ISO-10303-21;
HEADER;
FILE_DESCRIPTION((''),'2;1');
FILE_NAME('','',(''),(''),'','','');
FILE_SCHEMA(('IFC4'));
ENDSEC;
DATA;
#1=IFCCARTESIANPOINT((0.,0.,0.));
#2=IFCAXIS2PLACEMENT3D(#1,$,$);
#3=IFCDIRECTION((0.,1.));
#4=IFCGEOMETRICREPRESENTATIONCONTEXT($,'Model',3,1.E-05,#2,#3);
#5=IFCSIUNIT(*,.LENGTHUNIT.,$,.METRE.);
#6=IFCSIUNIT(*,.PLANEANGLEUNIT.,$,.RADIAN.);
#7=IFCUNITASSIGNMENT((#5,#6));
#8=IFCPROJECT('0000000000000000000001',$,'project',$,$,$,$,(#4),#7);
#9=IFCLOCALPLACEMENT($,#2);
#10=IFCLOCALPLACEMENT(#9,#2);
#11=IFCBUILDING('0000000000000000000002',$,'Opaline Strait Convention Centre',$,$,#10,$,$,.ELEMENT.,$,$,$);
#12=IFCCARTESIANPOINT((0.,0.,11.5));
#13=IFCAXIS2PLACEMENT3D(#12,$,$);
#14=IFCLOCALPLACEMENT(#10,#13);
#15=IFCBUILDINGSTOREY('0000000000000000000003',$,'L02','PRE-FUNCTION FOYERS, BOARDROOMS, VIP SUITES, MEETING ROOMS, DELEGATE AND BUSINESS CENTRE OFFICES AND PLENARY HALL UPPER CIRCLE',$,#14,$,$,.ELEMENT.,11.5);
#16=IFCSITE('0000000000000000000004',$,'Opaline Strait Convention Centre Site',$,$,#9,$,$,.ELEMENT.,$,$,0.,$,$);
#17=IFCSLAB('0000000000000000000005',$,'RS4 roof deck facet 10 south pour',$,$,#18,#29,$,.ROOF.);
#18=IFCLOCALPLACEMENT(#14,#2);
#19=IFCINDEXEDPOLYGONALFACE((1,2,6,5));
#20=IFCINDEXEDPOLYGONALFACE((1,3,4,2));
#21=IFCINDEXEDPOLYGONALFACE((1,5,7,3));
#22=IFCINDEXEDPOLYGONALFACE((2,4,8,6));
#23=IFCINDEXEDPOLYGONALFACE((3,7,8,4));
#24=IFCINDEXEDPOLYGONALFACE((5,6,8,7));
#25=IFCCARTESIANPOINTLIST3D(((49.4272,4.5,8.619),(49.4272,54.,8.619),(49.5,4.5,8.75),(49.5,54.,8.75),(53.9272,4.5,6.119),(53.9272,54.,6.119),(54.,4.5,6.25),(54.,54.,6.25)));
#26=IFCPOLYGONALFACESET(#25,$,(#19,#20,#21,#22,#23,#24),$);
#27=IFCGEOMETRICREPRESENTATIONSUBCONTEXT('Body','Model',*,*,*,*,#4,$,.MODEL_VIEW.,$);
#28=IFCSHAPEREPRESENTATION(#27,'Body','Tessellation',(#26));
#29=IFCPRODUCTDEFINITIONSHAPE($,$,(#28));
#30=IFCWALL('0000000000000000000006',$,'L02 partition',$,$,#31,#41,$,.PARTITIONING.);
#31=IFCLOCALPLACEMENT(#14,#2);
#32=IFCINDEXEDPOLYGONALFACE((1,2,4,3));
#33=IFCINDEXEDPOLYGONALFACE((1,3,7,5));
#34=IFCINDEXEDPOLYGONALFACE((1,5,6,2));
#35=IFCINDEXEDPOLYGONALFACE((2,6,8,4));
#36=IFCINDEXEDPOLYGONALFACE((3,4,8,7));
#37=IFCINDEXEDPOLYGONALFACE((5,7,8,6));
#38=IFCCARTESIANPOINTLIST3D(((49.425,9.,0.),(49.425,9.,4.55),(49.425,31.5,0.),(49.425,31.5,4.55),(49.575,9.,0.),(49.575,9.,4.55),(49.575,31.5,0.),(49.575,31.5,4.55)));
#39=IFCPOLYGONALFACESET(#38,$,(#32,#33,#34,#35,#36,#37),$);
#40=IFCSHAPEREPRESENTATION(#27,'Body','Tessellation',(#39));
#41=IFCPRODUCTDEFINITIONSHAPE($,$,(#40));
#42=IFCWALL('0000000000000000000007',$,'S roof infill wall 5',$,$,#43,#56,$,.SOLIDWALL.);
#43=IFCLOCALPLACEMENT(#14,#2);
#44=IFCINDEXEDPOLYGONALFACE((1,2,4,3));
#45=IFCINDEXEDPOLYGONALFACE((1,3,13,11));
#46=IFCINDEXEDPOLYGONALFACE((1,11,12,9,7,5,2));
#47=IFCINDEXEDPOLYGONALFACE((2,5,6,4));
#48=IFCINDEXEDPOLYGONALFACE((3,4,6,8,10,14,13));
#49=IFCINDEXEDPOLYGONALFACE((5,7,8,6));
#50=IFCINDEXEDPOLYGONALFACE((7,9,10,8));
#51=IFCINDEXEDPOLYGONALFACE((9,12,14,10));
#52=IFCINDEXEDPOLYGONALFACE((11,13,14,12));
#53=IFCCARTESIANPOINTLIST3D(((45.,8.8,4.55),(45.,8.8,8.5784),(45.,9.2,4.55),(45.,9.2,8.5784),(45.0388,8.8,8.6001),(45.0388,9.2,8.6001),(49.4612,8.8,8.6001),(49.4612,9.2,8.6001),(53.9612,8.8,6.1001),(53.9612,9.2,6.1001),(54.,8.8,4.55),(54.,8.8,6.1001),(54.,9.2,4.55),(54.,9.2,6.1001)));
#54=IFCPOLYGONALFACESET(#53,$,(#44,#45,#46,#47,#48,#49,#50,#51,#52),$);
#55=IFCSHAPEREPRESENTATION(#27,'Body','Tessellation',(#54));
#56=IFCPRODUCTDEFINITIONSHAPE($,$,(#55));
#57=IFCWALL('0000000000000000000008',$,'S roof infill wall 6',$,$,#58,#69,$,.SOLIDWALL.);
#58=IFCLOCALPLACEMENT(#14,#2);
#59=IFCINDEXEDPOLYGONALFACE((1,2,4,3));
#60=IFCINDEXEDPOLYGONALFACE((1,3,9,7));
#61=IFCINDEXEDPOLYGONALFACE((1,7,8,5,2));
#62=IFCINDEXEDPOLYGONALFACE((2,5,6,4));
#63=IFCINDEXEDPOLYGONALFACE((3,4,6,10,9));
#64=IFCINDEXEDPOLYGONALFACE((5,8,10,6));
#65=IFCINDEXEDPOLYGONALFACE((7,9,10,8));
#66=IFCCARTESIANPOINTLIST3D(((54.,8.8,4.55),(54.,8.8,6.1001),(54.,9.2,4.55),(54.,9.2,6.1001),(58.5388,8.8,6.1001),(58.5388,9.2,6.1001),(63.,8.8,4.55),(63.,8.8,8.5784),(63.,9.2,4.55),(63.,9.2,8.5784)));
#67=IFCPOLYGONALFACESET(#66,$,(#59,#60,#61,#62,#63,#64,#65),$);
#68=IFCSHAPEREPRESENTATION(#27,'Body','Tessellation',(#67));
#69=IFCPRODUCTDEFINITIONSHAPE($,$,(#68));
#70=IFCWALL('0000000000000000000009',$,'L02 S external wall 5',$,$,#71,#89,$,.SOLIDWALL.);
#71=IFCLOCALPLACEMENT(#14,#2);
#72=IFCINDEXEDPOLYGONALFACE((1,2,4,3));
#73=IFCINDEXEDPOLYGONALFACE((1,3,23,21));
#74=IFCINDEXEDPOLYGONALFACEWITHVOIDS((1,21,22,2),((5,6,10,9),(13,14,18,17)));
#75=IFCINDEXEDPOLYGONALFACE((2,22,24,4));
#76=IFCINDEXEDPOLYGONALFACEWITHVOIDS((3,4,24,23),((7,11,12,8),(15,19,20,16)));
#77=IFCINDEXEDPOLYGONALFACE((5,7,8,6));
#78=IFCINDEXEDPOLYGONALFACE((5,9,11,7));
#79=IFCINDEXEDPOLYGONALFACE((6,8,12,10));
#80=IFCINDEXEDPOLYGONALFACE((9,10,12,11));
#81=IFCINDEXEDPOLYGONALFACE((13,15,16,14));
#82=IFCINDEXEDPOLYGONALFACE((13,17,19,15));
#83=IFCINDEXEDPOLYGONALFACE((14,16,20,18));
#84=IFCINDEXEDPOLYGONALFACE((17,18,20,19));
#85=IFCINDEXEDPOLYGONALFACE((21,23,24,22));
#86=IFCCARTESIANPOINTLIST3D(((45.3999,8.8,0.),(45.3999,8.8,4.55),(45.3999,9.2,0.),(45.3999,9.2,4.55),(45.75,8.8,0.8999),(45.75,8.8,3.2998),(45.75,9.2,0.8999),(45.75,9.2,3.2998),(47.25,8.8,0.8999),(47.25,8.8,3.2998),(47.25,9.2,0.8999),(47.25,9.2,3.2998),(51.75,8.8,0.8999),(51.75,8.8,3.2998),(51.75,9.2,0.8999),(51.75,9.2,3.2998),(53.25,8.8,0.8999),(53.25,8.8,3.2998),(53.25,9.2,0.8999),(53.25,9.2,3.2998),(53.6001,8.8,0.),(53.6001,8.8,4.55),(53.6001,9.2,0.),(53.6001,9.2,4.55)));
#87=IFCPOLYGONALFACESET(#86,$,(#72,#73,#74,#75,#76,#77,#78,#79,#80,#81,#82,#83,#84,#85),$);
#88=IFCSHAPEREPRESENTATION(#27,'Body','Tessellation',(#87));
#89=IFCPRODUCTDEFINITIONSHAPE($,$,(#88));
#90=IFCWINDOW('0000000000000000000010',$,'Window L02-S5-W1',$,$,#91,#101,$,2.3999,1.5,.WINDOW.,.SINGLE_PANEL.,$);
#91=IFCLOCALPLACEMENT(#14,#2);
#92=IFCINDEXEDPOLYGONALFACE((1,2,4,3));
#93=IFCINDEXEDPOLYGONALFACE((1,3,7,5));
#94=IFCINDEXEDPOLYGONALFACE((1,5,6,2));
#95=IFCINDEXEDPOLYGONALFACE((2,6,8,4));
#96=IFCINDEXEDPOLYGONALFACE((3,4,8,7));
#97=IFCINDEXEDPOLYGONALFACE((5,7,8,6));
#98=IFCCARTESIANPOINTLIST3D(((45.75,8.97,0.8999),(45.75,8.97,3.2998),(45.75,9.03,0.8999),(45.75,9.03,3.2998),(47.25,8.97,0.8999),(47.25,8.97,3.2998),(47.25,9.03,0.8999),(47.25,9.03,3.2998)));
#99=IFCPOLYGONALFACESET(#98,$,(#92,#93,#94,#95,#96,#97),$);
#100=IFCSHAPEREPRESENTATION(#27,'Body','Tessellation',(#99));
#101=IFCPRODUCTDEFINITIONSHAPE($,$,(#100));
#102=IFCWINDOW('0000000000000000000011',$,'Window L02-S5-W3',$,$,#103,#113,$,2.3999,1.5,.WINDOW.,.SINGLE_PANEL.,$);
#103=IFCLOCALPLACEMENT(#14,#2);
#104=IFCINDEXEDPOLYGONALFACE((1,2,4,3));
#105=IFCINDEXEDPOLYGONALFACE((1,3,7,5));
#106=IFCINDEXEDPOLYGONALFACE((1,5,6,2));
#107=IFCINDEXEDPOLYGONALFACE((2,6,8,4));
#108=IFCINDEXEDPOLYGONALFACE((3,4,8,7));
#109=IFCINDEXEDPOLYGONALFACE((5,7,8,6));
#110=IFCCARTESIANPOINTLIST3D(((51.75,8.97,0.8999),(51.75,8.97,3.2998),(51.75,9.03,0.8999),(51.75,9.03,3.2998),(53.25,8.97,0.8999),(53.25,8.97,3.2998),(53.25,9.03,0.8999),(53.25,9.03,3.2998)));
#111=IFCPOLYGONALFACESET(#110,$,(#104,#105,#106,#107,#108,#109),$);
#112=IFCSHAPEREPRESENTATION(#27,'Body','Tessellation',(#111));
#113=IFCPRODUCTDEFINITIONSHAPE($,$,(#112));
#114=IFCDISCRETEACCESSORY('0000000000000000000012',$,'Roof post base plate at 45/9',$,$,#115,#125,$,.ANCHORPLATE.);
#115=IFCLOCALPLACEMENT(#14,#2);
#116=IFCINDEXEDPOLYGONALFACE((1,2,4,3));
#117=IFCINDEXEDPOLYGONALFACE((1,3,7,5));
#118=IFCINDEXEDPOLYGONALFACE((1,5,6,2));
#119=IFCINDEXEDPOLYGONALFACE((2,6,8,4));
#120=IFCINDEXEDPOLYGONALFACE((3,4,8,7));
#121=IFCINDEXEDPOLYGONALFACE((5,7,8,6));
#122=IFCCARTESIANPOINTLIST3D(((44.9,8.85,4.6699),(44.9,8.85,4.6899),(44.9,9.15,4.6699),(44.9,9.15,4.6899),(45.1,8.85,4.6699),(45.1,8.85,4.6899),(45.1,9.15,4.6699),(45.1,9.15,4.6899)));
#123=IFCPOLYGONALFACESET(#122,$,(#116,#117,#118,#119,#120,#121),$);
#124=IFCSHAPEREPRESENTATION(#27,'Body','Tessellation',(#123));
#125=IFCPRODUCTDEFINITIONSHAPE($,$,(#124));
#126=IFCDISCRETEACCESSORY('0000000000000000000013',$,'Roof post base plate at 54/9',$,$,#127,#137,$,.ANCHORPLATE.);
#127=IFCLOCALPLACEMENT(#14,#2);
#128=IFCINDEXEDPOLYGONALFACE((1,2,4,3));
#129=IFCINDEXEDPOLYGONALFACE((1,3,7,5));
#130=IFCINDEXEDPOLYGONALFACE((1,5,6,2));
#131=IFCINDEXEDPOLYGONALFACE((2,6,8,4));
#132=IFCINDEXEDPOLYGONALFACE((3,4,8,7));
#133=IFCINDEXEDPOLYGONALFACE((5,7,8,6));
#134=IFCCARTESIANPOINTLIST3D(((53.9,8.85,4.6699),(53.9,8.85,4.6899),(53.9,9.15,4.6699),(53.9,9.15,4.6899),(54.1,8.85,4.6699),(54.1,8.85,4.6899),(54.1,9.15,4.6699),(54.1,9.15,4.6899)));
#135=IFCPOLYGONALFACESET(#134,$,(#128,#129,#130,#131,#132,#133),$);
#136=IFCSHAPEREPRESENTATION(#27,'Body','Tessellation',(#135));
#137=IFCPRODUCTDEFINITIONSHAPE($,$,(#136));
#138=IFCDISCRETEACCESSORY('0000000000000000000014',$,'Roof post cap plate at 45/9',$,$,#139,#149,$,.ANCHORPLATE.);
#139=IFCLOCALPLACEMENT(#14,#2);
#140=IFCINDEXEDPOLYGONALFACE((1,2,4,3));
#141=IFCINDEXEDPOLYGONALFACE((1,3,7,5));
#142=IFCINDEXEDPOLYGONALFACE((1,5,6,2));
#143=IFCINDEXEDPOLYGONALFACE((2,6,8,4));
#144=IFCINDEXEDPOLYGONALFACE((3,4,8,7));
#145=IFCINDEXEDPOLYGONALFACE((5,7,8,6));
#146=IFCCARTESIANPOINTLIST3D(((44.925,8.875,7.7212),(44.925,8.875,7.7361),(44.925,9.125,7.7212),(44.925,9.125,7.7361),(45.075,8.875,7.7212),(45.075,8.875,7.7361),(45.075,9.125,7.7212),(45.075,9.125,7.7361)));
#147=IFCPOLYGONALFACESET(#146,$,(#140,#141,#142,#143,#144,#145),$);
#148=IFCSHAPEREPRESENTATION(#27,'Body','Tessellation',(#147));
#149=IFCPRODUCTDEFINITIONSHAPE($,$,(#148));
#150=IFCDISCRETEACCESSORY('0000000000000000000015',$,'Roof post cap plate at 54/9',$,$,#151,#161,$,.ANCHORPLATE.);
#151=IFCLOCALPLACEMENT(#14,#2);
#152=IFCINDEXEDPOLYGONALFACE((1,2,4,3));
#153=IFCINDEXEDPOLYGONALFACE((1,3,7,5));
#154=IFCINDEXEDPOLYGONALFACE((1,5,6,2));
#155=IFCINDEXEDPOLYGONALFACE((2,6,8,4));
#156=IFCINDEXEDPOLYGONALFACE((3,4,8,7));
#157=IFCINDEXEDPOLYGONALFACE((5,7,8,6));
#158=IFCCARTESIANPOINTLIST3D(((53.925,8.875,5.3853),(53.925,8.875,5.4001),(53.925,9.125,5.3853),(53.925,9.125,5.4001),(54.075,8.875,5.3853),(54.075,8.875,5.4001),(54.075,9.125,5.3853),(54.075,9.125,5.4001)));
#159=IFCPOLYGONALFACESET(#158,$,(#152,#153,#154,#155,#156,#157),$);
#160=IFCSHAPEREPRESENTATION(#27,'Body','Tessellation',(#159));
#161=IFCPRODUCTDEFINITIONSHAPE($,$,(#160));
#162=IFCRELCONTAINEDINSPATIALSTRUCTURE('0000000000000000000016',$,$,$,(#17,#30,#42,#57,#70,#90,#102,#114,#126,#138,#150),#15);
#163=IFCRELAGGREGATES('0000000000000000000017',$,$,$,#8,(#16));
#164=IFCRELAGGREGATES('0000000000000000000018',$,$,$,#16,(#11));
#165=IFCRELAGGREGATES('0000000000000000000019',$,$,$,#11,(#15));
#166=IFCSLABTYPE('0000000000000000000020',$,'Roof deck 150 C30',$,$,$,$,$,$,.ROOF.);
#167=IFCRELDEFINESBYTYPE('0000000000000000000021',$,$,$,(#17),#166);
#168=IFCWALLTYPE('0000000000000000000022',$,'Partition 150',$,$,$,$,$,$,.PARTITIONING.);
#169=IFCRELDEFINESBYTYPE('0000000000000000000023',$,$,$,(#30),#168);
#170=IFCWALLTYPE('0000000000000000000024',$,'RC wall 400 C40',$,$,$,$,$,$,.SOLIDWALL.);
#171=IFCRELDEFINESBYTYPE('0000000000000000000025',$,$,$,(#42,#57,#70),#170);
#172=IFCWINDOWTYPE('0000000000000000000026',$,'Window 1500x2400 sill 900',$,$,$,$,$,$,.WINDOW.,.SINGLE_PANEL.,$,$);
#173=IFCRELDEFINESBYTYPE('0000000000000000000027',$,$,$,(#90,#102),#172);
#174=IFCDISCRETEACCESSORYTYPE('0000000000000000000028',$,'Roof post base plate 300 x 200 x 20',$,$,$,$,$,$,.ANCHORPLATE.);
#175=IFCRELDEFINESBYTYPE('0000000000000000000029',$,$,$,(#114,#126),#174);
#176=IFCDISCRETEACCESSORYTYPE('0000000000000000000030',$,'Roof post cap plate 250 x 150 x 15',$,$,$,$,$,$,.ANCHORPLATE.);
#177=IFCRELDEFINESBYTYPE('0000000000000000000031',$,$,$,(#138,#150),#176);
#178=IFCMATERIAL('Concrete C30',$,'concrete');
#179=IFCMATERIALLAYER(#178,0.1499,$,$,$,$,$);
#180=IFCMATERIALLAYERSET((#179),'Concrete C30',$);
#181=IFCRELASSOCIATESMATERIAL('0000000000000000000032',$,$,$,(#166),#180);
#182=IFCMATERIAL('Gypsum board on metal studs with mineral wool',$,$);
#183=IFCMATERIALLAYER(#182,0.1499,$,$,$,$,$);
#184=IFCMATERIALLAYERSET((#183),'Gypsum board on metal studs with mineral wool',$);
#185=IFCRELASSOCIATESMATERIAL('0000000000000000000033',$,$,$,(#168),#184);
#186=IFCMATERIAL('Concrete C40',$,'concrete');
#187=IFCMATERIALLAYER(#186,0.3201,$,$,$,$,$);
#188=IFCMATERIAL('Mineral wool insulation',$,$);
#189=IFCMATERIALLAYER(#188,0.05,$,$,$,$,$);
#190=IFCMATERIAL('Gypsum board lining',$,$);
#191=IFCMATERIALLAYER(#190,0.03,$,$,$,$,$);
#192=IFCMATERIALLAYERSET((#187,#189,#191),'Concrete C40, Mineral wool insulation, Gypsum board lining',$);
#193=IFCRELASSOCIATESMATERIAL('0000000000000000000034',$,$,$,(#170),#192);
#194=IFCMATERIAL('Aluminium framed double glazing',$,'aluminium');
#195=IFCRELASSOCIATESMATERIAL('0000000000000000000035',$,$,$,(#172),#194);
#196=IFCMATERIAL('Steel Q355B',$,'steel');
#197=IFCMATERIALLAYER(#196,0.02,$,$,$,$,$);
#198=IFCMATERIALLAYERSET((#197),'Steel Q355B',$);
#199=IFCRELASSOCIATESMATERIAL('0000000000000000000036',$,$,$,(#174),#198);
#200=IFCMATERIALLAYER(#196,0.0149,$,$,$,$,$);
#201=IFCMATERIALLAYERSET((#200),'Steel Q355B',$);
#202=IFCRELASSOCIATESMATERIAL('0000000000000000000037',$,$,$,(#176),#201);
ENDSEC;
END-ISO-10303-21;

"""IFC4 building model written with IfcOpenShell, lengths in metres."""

from ifc_helpers import new_model, si_unit, direction, frame, frame_2d, origin, origin_2d, place, context, subcontext, project, spatial, polyline, rectangle, outline, extrude, material, layer, layer_set, type_object, element, fill, save


model = new_model("IFC4")

# Units and contexts
model_context = context("Model", 3, precision=1e-05, world=origin(), true_north=direction((0.0, 1.0)))
body_context = subcontext(model_context, "Body", "Model", "MODEL_VIEW")
ifc_project = project(units=[si_unit("LENGTHUNIT", "METRE"), si_unit("PLANEANGLEUNIT", "RADIAN")], contexts=[model_context])

# Site, building, storey
site_placement = place(None, origin())
site = spatial("IfcSite", under=ifc_project, at=site_placement, Name="Opaline Strait Convention Centre Site", CompositionType="ELEMENT", RefElevation=0.0)
building_placement = place(site_placement, origin())
building = spatial("IfcBuilding", under=site, at=building_placement, Name="Opaline Strait Convention Centre", CompositionType="ELEMENT")
storey_placement = place(building_placement, frame((0.0, 0.0, 11.5)))
storey = spatial("IfcBuildingStorey", under=building, at=storey_placement, Name="L02", Description="PRE-FUNCTION FOYERS, BOARDROOMS, VIP SUITES, MEETING ROOMS, DELEGATE AND BUSINESS CENTRE OFFICES AND PLENARY HALL UPPER CIRCLE", CompositionType="ELEMENT", Elevation=11.5)

# Shared definitions
ifc_material_1 = material(Name="Concrete C40", Category="concrete")

# Shared definitions
ifc_material_2 = material(Name="Steel Q355B", Category="steel")

# Slab
ifc_material_3 = material(Name="Concrete C30", Category="concrete")
ifc_layer_1 = layer(ifc_material_3, 0.1499)
ifc_layer_set_1 = layer_set([ifc_layer_1], Name="Concrete C30")
slab_type = type_object("IfcSlabType", Name="Roof deck 150 C30", PredefinedType="ROOF", material=ifc_layer_set_1)
slab_placement = place(storey_placement, frame((49.5, 4.5, 8.75), z_axis=(0.485643, 0.0, 0.874157), x_axis=(0.874157, 0.0, -0.485643)))
element("IfcSlab", 1, at=slab_placement, inside=storey, type_object=slab_type, Name="RS4 roof deck facet 10 south pour", PredefinedType="ROOF", context=body_context, shape_type="SweptSolid", body=[
    extrude(outline(polyline([(0.0, 0.0), (5.1478, 0.0), (5.1478, 49.5), (0.0, 49.5), (0.0, 0.0)])), origin(), (0.0, 0.0, -1.0), 0.1499),
])

# Walls
ifc_material_4 = material(Name="Gypsum board on metal studs with mineral wool")
ifc_layer_2 = layer(ifc_material_4, 0.1499)
ifc_layer_set_2 = layer_set([ifc_layer_2], Name="Gypsum board on metal studs with mineral wool")
wall_type_1 = type_object("IfcWallType", Name="Partition 150", PredefinedType="PARTITIONING", material=ifc_layer_set_2)
wall_1_placement = place(storey_placement, frame((49.5, 9.0, 0.0), z_axis=(0.0, 0.0, 1.0), x_axis=(0.0, 1.0, 0.0)))
element("IfcWall", 2, at=wall_1_placement, inside=storey, type_object=wall_type_1, Name="L02 partition", PredefinedType="PARTITIONING", context=body_context, shape_type="SweptSolid", body=[
    extrude(rectangle(XDim=22.5, YDim=0.1499, at=frame_2d((11.25, 0.0))), origin(), (0.0, 0.0, 1.0), 4.55),
])
ifc_layer_3 = layer(ifc_material_1, 0.3201)
ifc_material_5 = material(Name="Mineral wool insulation")
ifc_layer_4 = layer(ifc_material_5, 0.05)
ifc_material_6 = material(Name="Gypsum board lining")
ifc_layer_5 = layer(ifc_material_6, 0.03)
ifc_layer_set_3 = layer_set([ifc_layer_3, ifc_layer_4, ifc_layer_5], Name="Concrete C40, Mineral wool insulation, Gypsum board lining")
wall_type_2 = type_object("IfcWallType", Name="RC wall 400 C40", PredefinedType="SOLIDWALL", material=ifc_layer_set_3)
wall_2_placement = place(storey_placement, frame((45.0, 9.0, 4.55), z_axis=(0.0, 0.0, 1.0), x_axis=(1.0, 0.0, 0.0)))
element("IfcWall", 3, at=wall_2_placement, inside=storey, type_object=wall_type_2, Name="S roof infill wall 5", PredefinedType="SOLIDWALL", context=body_context, shape_type="SweptSolid", body=[
    extrude(outline(polyline([(0.0, 0.0), (9.0, 0.0), (9.0, 1.55), (8.9612, 1.55), (4.4612, 4.05), (0.0388, 4.05), (0.0, 4.0283), (0.0, 0.0)])), frame((0.0, 0.2, 0.0), z_axis=(0.0, -1.0, 0.0), x_axis=(1.0, 0.0, 0.0)), (0.0, 0.0, 1.0), 0.3999),
])
wall_3_placement = place(storey_placement, frame((54.0, 9.0, 4.55), z_axis=(0.0, 0.0, 1.0), x_axis=(1.0, 0.0, 0.0)))
element("IfcWall", 4, at=wall_3_placement, inside=storey, type_object=wall_type_2, Name="S roof infill wall 6", PredefinedType="SOLIDWALL", context=body_context, shape_type="SweptSolid", body=[
    extrude(outline(polyline([(0.0, 0.0), (9.0, 0.0), (9.0, 4.0283), (4.5388, 1.55), (0.0, 1.55), (0.0, 0.0)])), frame((0.0, 0.2, 0.0), z_axis=(0.0, -1.0, 0.0), x_axis=(1.0, 0.0, 0.0)), (0.0, 0.0, 1.0), 0.3999),
])

# Wall, openings, windows
wall_4_placement = place(storey_placement, frame((45.3999, 9.0, 0.0), z_axis=(0.0, 0.0, 1.0), x_axis=(1.0, 0.0, 0.0)))
wall_4 = element("IfcWall", 5, at=wall_4_placement, inside=storey, type_object=wall_type_2, Name="L02 S external wall 5", PredefinedType="SOLIDWALL", context=body_context, shape_type="SweptSolid", body=[
    extrude(rectangle(XDim=8.2002, YDim=0.3999, at=frame_2d((4.1001, 0.0))), origin(), (0.0, 0.0, 1.0), 4.55),
])
opening_1_placement = place(wall_4_placement, frame((0.3501, 0.0, 0.8999)))
opening_1 = element("IfcOpeningElement", 6, at=opening_1_placement, cuts=wall_4, PredefinedType="OPENING", context=body_context, shape_type="SweptSolid", body=[
    extrude(rectangle(XDim=1.5, YDim=2.3999, at=frame_2d((0.75, 1.2))), frame((0.0, 0.21, 0.0), z_axis=(0.0, -1.0, 0.0), x_axis=(1.0, 0.0, 0.0)), (0.0, 0.0, 1.0), 0.4199),
])
opening_2_placement = place(wall_4_placement, frame((6.3501, 0.0, 0.8999)))
opening_2 = element("IfcOpeningElement", 7, at=opening_2_placement, cuts=wall_4, PredefinedType="OPENING", context=body_context, shape_type="SweptSolid", body=[
    extrude(rectangle(XDim=1.5, YDim=2.3999, at=frame_2d((0.75, 1.2))), frame((0.0, 0.21, 0.0), z_axis=(0.0, -1.0, 0.0), x_axis=(1.0, 0.0, 0.0)), (0.0, 0.0, 1.0), 0.4199),
])
ifc_material_7 = material(Name="Aluminium framed double glazing", Category="aluminium")
window_type = type_object("IfcWindowType", Name="Window 1500x2400 sill 900", PartitioningType="SINGLE_PANEL", PredefinedType="WINDOW", material=ifc_material_7)
window_1_placement = place(opening_1_placement, origin())
window_1 = element("IfcWindow", 8, at=window_1_placement, inside=storey, type_object=window_type, Name="Window L02-S5-W1", OverallHeight=2.3999, OverallWidth=1.5, PartitioningType="SINGLE_PANEL", PredefinedType="WINDOW", context=body_context, shape_type="SweptSolid", body=[
    extrude(rectangle(XDim=1.5, YDim=2.3999, at=frame_2d((0.75, 1.2))), frame((0.0, 0.03, 0.0), z_axis=(0.0, -1.0, 0.0), x_axis=(1.0, 0.0, 0.0)), (0.0, 0.0, 1.0), 0.0601),
])
fill(opening_1, window_1)
window_2_placement = place(opening_2_placement, origin())
window_2 = element("IfcWindow", 9, at=window_2_placement, inside=storey, type_object=window_type, Name="Window L02-S5-W3", OverallHeight=2.3999, OverallWidth=1.5, PartitioningType="SINGLE_PANEL", PredefinedType="WINDOW", context=body_context, shape_type="SweptSolid", body=[
    extrude(rectangle(XDim=1.5, YDim=2.3999, at=frame_2d((0.75, 1.2))), frame((0.0, 0.03, 0.0), z_axis=(0.0, -1.0, 0.0), x_axis=(1.0, 0.0, 0.0)), (0.0, 0.0, 1.0), 0.0601),
])
fill(opening_2, window_2)

# Discrete accessories
ifc_layer_6 = layer(ifc_material_2, 0.02)
ifc_layer_set_4 = layer_set([ifc_layer_6], Name="Steel Q355B")
discrete_accessory_type_1 = type_object("IfcDiscreteAccessoryType", Name="Roof post base plate 300 x 200 x 20", PredefinedType="ANCHORPLATE", material=ifc_layer_set_4)
for number, where, z_axis, x_axis, name in (
    (10, (45.0, 9.0, 4.6699), (0.0, 0.0, 1.0), (1.0, 0.0, 0.0), "Roof post base plate at 45/9"),
    (11, (54.0, 9.0, 4.6699), (0.0, 0.0, 1.0), (1.0, 0.0, 0.0), "Roof post base plate at 54/9"),
):
    element("IfcDiscreteAccessory", number, at=place(storey_placement, frame(where, z_axis=z_axis, x_axis=x_axis)), inside=storey, type_object=discrete_accessory_type_1, Name=name, PredefinedType="ANCHORPLATE", context=body_context, shape_type="SweptSolid", body=[
        extrude(rectangle(XDim=0.2, YDim=0.3, at=origin_2d()), origin(), (0.0, 0.0, 1.0), 0.02),
    ])
ifc_layer_7 = layer(ifc_material_2, 0.0149)
ifc_layer_set_5 = layer_set([ifc_layer_7], Name="Steel Q355B")
discrete_accessory_type_2 = type_object("IfcDiscreteAccessoryType", Name="Roof post cap plate 250 x 150 x 15", PredefinedType="ANCHORPLATE", material=ifc_layer_set_5)
for number, where, z_axis, x_axis, name in (
    (12, (45.0, 9.0, 7.7212), (0.0, 0.0, 1.0), (1.0, 0.0, 0.0), "Roof post cap plate at 45/9"),
    (13, (54.0, 9.0, 5.3853), (0.0, 0.0, 1.0), (1.0, 0.0, 0.0), "Roof post cap plate at 54/9"),
):
    element("IfcDiscreteAccessory", number, at=place(storey_placement, frame(where, z_axis=z_axis, x_axis=x_axis)), inside=storey, type_object=discrete_accessory_type_2, Name=name, PredefinedType="ANCHORPLATE", context=body_context, shape_type="SweptSolid", body=[
        extrude(rectangle(XDim=0.1499, YDim=0.25, at=origin_2d()), origin(), (0.0, 0.0, 1.0), 0.0149),
    ])

save(model, "model.ifc")
